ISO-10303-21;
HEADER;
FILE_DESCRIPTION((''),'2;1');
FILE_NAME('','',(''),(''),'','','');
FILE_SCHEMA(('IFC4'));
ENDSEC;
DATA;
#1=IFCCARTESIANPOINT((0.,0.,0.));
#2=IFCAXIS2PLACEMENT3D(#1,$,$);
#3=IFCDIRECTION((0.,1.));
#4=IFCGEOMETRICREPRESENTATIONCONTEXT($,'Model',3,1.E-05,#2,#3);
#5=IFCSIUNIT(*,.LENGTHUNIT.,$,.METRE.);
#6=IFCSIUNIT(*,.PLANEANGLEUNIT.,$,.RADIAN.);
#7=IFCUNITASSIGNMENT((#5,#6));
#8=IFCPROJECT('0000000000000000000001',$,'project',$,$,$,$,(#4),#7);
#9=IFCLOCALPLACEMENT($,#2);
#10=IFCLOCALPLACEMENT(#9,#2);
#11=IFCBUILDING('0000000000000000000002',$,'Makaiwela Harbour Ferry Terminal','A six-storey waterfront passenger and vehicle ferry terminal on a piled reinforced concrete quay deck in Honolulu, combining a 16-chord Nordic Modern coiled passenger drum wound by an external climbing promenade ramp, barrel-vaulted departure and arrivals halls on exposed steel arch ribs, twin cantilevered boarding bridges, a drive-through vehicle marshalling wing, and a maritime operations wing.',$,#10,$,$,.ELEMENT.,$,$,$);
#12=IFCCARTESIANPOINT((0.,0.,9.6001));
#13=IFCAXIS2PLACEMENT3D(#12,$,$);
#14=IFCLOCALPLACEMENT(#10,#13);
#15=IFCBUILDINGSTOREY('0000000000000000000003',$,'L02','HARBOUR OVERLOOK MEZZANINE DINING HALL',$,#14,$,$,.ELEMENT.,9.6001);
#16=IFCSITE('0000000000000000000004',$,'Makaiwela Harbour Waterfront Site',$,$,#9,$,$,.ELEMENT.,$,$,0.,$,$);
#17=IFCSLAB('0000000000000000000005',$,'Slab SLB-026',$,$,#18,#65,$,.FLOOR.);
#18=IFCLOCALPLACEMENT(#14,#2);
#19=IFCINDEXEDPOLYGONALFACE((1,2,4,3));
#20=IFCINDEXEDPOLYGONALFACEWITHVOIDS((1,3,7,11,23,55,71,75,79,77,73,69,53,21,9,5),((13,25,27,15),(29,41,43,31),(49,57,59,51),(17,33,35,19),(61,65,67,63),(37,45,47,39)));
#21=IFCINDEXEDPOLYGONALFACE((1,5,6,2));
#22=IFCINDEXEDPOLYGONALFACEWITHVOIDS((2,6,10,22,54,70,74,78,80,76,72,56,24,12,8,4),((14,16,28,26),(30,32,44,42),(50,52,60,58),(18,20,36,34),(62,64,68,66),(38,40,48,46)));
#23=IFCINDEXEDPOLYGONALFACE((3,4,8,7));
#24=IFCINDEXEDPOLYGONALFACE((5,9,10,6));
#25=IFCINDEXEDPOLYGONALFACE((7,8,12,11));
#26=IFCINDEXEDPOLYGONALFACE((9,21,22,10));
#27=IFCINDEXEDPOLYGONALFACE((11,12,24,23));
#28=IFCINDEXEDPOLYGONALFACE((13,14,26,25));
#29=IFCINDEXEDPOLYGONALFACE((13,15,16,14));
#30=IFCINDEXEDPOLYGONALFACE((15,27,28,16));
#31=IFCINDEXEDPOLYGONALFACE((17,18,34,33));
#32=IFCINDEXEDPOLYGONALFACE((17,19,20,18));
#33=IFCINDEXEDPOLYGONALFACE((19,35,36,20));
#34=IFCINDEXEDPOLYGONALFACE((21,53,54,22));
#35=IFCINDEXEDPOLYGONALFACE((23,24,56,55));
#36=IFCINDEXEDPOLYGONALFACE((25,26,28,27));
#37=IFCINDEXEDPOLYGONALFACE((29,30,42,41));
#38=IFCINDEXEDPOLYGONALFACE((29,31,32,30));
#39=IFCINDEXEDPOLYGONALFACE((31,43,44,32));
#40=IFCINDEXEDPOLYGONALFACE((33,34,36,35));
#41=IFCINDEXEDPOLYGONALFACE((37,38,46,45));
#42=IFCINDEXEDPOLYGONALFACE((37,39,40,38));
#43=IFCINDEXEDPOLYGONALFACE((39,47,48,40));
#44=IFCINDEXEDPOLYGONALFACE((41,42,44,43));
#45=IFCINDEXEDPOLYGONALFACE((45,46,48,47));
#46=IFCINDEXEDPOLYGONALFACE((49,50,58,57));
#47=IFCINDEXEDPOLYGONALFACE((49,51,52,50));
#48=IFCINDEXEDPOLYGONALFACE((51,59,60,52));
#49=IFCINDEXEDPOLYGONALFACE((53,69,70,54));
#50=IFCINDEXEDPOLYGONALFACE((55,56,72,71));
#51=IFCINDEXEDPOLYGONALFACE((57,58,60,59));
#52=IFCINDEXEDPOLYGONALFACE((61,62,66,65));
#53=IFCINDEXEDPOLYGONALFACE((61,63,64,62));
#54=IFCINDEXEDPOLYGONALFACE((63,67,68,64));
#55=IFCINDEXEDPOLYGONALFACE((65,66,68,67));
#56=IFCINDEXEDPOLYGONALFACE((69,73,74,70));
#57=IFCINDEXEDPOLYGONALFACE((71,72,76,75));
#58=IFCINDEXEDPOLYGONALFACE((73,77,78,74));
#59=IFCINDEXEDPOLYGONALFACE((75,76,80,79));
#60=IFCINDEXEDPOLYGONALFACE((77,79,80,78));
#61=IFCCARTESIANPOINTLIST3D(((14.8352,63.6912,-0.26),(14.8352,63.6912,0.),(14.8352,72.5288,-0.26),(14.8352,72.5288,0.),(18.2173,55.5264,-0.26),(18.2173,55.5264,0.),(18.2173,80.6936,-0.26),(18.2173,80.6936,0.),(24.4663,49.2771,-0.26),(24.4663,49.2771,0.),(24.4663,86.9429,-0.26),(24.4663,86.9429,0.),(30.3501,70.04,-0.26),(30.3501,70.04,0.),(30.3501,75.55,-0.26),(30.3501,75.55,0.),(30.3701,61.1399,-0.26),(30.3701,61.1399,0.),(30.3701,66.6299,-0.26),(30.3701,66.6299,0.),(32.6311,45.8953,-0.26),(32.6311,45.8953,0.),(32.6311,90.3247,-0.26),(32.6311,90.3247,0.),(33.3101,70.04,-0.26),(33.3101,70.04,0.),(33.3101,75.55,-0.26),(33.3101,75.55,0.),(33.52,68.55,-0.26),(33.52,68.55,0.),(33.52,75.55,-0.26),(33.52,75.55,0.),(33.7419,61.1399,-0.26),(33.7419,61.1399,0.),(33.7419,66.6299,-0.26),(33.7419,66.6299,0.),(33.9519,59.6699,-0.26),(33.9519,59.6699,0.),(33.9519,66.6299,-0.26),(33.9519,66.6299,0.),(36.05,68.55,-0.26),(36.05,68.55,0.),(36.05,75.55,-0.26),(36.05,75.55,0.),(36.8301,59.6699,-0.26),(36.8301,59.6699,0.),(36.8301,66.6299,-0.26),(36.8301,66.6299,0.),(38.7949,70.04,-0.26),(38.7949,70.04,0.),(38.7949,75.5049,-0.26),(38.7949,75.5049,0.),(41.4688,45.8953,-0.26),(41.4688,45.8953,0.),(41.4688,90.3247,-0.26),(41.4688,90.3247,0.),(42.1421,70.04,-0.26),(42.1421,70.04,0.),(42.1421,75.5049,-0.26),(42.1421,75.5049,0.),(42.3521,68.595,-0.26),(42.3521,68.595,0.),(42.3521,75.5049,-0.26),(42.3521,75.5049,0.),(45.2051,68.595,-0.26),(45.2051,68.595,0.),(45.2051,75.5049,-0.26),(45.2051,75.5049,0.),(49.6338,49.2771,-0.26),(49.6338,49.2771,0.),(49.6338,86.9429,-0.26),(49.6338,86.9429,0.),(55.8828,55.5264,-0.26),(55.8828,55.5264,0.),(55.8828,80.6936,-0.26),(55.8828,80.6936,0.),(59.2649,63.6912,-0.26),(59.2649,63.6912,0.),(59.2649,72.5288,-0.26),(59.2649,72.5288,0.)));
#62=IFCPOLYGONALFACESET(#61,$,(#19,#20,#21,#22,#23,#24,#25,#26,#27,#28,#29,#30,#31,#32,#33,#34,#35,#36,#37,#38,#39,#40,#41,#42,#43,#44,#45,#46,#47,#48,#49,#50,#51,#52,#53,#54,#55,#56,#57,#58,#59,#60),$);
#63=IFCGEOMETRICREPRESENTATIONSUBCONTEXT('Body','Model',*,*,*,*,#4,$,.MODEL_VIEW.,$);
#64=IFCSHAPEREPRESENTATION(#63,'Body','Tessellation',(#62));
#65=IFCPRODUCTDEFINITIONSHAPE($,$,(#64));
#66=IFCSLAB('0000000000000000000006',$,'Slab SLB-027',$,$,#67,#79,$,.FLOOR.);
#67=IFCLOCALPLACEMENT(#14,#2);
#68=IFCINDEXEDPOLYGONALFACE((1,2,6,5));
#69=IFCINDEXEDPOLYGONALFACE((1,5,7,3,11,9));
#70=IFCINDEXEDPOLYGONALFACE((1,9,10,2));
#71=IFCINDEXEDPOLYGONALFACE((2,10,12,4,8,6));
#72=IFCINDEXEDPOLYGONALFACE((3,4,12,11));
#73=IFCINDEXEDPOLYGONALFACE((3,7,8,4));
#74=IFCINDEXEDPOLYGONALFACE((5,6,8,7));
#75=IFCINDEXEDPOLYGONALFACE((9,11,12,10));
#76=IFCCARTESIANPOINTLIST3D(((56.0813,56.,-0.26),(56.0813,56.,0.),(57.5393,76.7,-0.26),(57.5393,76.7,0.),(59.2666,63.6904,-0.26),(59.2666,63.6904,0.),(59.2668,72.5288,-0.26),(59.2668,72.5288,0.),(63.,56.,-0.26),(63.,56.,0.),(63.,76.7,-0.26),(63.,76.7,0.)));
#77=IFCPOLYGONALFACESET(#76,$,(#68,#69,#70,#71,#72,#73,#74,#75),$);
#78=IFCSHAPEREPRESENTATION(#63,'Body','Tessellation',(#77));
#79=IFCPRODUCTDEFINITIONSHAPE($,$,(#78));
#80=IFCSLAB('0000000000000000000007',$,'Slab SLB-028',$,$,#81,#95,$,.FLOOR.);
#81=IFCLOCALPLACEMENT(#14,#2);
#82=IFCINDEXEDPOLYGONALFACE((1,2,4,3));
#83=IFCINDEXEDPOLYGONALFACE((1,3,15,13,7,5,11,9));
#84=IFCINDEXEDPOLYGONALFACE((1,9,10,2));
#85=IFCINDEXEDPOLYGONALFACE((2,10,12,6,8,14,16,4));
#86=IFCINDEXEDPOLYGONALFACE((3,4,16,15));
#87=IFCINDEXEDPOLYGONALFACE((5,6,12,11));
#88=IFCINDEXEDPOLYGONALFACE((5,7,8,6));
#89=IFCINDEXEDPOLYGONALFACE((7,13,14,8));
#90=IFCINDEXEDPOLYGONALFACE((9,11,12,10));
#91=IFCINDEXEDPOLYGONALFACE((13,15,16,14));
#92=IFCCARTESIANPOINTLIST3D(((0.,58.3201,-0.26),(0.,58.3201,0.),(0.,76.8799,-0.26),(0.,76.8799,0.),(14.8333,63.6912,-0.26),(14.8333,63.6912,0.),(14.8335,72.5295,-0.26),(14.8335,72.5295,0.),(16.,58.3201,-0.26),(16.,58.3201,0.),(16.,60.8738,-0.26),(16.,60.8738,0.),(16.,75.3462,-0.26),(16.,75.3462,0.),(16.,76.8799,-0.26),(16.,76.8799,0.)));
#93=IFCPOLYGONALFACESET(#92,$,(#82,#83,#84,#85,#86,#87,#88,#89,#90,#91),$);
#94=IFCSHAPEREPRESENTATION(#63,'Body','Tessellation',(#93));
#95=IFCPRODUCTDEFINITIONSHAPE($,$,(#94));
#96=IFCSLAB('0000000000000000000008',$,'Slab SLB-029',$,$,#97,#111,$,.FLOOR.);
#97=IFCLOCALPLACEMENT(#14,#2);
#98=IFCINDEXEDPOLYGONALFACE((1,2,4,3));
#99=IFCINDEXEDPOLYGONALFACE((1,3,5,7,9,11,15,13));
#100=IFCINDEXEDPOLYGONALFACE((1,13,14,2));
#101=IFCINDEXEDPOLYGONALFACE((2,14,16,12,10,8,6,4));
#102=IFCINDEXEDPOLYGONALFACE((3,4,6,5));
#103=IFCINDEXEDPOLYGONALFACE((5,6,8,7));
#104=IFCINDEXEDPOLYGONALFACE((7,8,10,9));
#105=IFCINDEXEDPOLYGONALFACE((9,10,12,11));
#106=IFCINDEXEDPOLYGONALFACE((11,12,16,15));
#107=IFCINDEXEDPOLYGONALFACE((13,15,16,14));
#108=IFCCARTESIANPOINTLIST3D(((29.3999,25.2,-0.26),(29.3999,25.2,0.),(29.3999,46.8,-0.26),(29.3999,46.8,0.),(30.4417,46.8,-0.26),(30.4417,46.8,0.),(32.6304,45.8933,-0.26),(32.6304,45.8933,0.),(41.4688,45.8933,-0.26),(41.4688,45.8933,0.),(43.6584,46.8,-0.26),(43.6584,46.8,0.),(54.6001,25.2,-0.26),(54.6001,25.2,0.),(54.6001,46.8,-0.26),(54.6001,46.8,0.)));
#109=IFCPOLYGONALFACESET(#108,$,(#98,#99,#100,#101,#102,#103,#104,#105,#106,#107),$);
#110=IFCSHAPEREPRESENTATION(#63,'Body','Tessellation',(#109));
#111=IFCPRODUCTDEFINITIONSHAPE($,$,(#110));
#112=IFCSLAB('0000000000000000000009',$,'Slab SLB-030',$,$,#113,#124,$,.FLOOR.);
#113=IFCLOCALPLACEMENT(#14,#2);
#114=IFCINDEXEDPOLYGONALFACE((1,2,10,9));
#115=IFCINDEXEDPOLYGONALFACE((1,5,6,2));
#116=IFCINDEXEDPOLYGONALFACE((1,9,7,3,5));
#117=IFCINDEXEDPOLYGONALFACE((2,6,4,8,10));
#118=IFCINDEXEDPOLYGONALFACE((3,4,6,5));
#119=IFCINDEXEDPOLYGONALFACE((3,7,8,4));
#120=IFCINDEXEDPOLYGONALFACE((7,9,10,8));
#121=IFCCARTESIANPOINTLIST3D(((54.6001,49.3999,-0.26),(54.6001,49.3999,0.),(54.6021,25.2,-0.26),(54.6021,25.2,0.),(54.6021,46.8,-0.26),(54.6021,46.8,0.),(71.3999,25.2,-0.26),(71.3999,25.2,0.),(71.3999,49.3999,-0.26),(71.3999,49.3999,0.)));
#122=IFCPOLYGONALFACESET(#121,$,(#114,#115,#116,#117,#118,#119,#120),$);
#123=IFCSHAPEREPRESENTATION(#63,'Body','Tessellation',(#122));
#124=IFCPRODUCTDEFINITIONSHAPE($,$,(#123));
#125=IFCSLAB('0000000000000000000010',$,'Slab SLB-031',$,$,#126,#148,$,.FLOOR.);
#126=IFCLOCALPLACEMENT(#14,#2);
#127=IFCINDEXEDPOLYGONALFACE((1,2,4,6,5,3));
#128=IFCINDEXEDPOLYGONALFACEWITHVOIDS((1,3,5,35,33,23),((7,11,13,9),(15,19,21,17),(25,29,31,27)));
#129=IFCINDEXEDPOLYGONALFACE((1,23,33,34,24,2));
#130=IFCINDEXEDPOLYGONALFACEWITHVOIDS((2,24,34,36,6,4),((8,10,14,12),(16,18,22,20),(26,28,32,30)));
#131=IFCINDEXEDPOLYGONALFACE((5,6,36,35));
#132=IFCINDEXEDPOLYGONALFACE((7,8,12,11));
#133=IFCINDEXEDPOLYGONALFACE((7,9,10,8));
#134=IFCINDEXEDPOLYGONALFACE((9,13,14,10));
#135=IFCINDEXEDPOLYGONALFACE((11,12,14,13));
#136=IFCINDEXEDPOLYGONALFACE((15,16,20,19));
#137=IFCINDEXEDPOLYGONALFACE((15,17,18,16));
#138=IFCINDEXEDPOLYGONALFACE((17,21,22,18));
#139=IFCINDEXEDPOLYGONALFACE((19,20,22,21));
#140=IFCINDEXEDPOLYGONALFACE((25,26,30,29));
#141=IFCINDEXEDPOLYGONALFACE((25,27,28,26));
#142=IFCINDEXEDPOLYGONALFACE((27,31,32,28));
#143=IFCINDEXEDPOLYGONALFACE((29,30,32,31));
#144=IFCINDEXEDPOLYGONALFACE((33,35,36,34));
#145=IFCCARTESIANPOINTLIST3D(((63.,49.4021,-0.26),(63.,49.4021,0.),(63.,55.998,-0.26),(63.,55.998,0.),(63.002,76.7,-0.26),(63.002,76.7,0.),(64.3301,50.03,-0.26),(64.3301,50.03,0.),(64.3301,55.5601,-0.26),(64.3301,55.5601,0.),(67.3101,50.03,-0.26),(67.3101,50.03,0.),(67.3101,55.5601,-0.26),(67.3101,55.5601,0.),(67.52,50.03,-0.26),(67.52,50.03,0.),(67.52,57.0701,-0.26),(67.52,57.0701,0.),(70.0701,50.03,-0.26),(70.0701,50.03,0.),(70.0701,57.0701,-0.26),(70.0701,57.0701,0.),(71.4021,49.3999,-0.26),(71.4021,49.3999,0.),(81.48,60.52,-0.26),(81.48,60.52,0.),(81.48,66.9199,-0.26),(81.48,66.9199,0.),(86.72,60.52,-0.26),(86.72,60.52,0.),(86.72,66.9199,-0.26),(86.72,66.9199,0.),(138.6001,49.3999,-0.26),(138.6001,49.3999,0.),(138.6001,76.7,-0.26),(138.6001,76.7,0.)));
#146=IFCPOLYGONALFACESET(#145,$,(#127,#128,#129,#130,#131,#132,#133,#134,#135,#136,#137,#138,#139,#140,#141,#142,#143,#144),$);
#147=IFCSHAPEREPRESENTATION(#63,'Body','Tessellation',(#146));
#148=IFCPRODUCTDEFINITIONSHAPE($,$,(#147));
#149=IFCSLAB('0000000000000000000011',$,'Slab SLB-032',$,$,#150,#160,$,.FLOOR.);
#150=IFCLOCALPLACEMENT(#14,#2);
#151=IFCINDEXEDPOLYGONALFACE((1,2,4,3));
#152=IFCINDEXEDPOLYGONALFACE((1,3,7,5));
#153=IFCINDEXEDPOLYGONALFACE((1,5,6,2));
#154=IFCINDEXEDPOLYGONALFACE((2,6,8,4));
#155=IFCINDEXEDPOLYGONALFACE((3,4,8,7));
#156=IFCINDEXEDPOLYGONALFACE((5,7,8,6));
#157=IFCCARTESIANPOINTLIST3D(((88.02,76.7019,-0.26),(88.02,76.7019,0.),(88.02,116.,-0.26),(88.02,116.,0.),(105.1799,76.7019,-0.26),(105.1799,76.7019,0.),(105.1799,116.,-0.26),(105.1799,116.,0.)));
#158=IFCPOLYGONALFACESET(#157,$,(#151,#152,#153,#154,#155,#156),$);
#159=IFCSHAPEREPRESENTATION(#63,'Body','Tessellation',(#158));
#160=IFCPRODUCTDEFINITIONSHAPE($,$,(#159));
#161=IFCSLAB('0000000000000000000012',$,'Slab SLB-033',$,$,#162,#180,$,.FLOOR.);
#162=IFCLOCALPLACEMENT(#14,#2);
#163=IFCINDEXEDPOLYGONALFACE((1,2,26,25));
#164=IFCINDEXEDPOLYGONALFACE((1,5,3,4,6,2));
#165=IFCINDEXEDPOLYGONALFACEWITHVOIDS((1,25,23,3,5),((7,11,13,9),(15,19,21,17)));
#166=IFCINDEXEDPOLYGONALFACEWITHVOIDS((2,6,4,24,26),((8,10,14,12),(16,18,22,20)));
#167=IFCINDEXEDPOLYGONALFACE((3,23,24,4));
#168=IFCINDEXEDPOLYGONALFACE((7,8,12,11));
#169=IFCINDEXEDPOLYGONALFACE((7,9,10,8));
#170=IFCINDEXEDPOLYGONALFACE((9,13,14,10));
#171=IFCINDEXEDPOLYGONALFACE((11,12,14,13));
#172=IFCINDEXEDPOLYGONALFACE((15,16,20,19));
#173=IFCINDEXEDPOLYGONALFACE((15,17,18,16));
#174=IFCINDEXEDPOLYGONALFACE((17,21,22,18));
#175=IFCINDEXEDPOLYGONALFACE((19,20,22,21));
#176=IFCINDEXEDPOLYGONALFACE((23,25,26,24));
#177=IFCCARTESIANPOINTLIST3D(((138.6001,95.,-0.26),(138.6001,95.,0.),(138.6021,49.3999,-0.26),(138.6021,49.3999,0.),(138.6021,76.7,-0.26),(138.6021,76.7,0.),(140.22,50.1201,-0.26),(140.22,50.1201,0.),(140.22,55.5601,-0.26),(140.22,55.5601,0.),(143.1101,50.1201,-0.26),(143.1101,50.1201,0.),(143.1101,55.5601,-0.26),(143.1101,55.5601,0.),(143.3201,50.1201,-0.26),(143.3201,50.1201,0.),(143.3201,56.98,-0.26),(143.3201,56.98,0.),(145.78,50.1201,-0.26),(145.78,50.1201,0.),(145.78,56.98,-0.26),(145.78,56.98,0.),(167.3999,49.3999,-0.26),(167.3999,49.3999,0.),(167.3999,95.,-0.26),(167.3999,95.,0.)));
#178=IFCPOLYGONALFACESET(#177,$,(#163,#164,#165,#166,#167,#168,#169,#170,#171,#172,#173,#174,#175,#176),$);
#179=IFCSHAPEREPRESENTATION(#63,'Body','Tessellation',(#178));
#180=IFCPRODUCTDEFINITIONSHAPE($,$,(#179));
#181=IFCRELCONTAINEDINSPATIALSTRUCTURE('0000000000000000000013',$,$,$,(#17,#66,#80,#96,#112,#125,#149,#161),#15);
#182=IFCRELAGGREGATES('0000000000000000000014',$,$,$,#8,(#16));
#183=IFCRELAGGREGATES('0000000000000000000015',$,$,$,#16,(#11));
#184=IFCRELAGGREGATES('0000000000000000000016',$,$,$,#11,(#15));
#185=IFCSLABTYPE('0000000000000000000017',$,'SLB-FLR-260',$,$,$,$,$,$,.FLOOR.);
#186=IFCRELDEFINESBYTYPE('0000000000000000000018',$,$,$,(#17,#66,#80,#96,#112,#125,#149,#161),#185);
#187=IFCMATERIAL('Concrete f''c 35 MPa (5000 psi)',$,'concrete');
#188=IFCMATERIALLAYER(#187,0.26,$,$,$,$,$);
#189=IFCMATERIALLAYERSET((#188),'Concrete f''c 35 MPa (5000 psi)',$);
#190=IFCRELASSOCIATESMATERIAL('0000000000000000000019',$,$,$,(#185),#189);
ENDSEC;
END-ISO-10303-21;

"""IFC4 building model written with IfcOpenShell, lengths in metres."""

from ifc_helpers import new_model, si_unit, direction, frame, origin, place, context, subcontext, project, spatial, polyline, outline, extrude, material, layer, layer_set, type_object, element, save


model = new_model("IFC4")

# Units and contexts
model_context = context("Model", 3, precision=1e-05, world=origin(), true_north=direction((0.0, 1.0)))
body_context = subcontext(model_context, "Body", "Model", "MODEL_VIEW")
ifc_project = project(units=[si_unit("LENGTHUNIT", "METRE"), si_unit("PLANEANGLEUNIT", "RADIAN")], contexts=[model_context])

# Site, building, storey
site_placement = place(None, origin())
site = spatial("IfcSite", under=ifc_project, at=site_placement, Name="Makaiwela Harbour Waterfront Site", CompositionType="ELEMENT", RefElevation=0.0)
building_placement = place(site_placement, origin())
building = spatial("IfcBuilding", under=site, at=building_placement, Name="Makaiwela Harbour Ferry Terminal", Description="A six-storey waterfront passenger and vehicle ferry terminal on a piled reinforced concrete quay deck in Honolulu, combining a 16-chord Nordic Modern coiled passenger drum wound by an external climbing promenade ramp, barrel-vaulted departure and arrivals halls on exposed steel arch ribs, twin cantilevered boarding bridges, a drive-through vehicle marshalling wing, and a maritime operations wing.", CompositionType="ELEMENT")
storey_placement = place(building_placement, frame((0.0, 0.0, 9.6001)))
storey = spatial("IfcBuildingStorey", under=building, at=storey_placement, Name="L02", Description="HARBOUR OVERLOOK MEZZANINE DINING HALL", CompositionType="ELEMENT", Elevation=9.6001)

# Slabs
ifc_material_1 = material(Name="Concrete f'c 35 MPa (5000 psi)", Category="concrete")
ifc_layer_1 = layer(ifc_material_1, 0.26)
ifc_layer_set_1 = layer_set([ifc_layer_1], Name="Concrete f'c 35 MPa (5000 psi)")
slab_type_1 = type_object("IfcSlabType", Name="SLB-FLR-260", PredefinedType="FLOOR", material=ifc_layer_set_1)
slab_1_placement = place(storey_placement, frame((0.0, 0.0, -0.26)))
element("IfcSlab", 1, at=slab_1_placement, inside=storey, type_object=slab_type_1, Name="Slab SLB-026", PredefinedType="FLOOR", context=body_context, shape_type="SweptSolid", body=[
    extrude(outline(polyline([(59.2649, 72.5288), (55.8828, 80.6936), (49.6338, 86.9429), (41.4688, 90.3247), (32.6311, 90.3247), (24.4663, 86.9429), (18.2173, 80.6936), (14.8352, 72.5288), (14.8352, 63.6912), (18.2173, 55.5264), (24.4663, 49.2771), (32.6311, 45.8953), (41.4688, 45.8953), (49.6338, 49.2771), (55.8828, 55.5264), (59.2649, 63.6912), (59.2649, 72.5288)]), holes=[polyline([(38.7949, 70.04), (38.7949, 75.5049), (42.1421, 75.5049), (42.1421, 70.04), (38.7949, 70.04)]), polyline([(42.3521, 68.595), (42.3521, 75.5049), (45.2051, 75.5049), (45.2051, 68.595), (42.3521, 68.595)]), polyline([(30.3701, 61.1399), (30.3701, 66.6299), (33.7419, 66.6299), (33.7419, 61.1399), (30.3701, 61.1399)]), polyline([(33.9519, 59.6699), (33.9519, 66.6299), (36.8301, 66.6299), (36.8301, 59.6699), (33.9519, 59.6699)]), polyline([(30.3501, 70.04), (30.3501, 75.55), (33.3101, 75.55), (33.3101, 70.04), (30.3501, 70.04)]), polyline([(33.52, 68.55), (33.52, 75.55), (36.05, 75.55), (36.05, 68.55), (33.52, 68.55)])]), origin(), (0.0, 0.0, 1.0), 0.26),
])
slab_2_placement = place(storey_placement, frame((0.0, 0.0, -0.26)))
element("IfcSlab", 2, at=slab_2_placement, inside=storey, type_object=slab_type_1, Name="Slab SLB-027", PredefinedType="FLOOR", context=body_context, shape_type="SweptSolid", body=[
    extrude(outline(polyline([(57.5393, 76.7), (59.2668, 72.5288), (59.2666, 63.6904), (56.0813, 56.0), (63.0, 56.0), (63.0, 76.7), (57.5393, 76.7)])), origin(), (0.0, 0.0, 1.0), 0.26),
])
slab_3_placement = place(storey_placement, frame((0.0, 0.0, -0.26)))
element("IfcSlab", 3, at=slab_3_placement, inside=storey, type_object=slab_type_1, Name="Slab SLB-028", PredefinedType="FLOOR", context=body_context, shape_type="SweptSolid", body=[
    extrude(outline(polyline([(16.0, 60.8738), (14.8333, 63.6912), (14.8335, 72.5295), (16.0, 75.3462), (16.0, 76.8799), (0.0, 76.8799), (0.0, 58.3201), (16.0, 58.3201), (16.0, 60.8738)])), origin(), (0.0, 0.0, 1.0), 0.26),
])
slab_4_placement = place(storey_placement, frame((0.0, 0.0, -0.26)))
element("IfcSlab", 4, at=slab_4_placement, inside=storey, type_object=slab_type_1, Name="Slab SLB-029", PredefinedType="FLOOR", context=body_context, shape_type="SweptSolid", body=[
    extrude(outline(polyline([(43.6584, 46.8), (41.4688, 45.8933), (32.6304, 45.8933), (30.4417, 46.8), (29.3999, 46.8), (29.3999, 25.2), (54.6001, 25.2), (54.6001, 46.8), (43.6584, 46.8)])), origin(), (0.0, 0.0, 1.0), 0.26),
])
slab_5_placement = place(storey_placement, frame((0.0, 0.0, -0.26)))
element("IfcSlab", 5, at=slab_5_placement, inside=storey, type_object=slab_type_1, Name="Slab SLB-030", PredefinedType="FLOOR", context=body_context, shape_type="SweptSolid", body=[
    extrude(outline(polyline([(54.6021, 46.8), (54.6021, 25.2), (71.3999, 25.2), (71.3999, 49.3999), (54.6001, 49.3999), (54.6021, 46.8)])), origin(), (0.0, 0.0, 1.0), 0.26),
])
slab_6_placement = place(storey_placement, frame((0.0, 0.0, -0.26)))
element("IfcSlab", 6, at=slab_6_placement, inside=storey, type_object=slab_type_1, Name="Slab SLB-031", PredefinedType="FLOOR", context=body_context, shape_type="SweptSolid", body=[
    extrude(outline(polyline([(63.002, 76.7), (63.0, 55.998), (63.0, 49.4021), (71.4021, 49.3999), (138.6001, 49.3999), (138.6001, 76.7), (63.002, 76.7)]), holes=[polyline([(64.3301, 50.03), (64.3301, 55.5601), (67.3101, 55.5601), (67.3101, 50.03), (64.3301, 50.03)]), polyline([(67.52, 50.03), (67.52, 57.0701), (70.0701, 57.0701), (70.0701, 50.03), (67.52, 50.03)]), polyline([(81.48, 60.52), (81.48, 66.9199), (86.72, 66.9199), (86.72, 60.52), (81.48, 60.52)])]), origin(), (0.0, 0.0, 1.0), 0.26),
])
slab_7_placement = place(storey_placement, frame((0.0, 0.0, -0.26)))
element("IfcSlab", 7, at=slab_7_placement, inside=storey, type_object=slab_type_1, Name="Slab SLB-032", PredefinedType="FLOOR", context=body_context, shape_type="SweptSolid", body=[
    extrude(outline(polyline([(88.02, 76.7019), (105.1799, 76.7019), (105.1799, 116.0), (88.02, 116.0), (88.02, 76.7019)])), origin(), (0.0, 0.0, 1.0), 0.26),
])
slab_8_placement = place(storey_placement, frame((0.0, 0.0, -0.26)))
element("IfcSlab", 8, at=slab_8_placement, inside=storey, type_object=slab_type_1, Name="Slab SLB-033", PredefinedType="FLOOR", context=body_context, shape_type="SweptSolid", body=[
    extrude(outline(polyline([(138.6021, 76.7), (138.6021, 49.3999), (167.3999, 49.3999), (167.3999, 95.0), (138.6001, 95.0), (138.6021, 76.7)]), holes=[polyline([(140.22, 50.1201), (140.22, 55.5601), (143.1101, 55.5601), (143.1101, 50.1201), (140.22, 50.1201)]), polyline([(143.3201, 50.1201), (143.3201, 56.98), (145.78, 56.98), (145.78, 50.1201), (143.3201, 50.1201)])]), origin(), (0.0, 0.0, 1.0), 0.26),
])

save(model, "model.ifc")
